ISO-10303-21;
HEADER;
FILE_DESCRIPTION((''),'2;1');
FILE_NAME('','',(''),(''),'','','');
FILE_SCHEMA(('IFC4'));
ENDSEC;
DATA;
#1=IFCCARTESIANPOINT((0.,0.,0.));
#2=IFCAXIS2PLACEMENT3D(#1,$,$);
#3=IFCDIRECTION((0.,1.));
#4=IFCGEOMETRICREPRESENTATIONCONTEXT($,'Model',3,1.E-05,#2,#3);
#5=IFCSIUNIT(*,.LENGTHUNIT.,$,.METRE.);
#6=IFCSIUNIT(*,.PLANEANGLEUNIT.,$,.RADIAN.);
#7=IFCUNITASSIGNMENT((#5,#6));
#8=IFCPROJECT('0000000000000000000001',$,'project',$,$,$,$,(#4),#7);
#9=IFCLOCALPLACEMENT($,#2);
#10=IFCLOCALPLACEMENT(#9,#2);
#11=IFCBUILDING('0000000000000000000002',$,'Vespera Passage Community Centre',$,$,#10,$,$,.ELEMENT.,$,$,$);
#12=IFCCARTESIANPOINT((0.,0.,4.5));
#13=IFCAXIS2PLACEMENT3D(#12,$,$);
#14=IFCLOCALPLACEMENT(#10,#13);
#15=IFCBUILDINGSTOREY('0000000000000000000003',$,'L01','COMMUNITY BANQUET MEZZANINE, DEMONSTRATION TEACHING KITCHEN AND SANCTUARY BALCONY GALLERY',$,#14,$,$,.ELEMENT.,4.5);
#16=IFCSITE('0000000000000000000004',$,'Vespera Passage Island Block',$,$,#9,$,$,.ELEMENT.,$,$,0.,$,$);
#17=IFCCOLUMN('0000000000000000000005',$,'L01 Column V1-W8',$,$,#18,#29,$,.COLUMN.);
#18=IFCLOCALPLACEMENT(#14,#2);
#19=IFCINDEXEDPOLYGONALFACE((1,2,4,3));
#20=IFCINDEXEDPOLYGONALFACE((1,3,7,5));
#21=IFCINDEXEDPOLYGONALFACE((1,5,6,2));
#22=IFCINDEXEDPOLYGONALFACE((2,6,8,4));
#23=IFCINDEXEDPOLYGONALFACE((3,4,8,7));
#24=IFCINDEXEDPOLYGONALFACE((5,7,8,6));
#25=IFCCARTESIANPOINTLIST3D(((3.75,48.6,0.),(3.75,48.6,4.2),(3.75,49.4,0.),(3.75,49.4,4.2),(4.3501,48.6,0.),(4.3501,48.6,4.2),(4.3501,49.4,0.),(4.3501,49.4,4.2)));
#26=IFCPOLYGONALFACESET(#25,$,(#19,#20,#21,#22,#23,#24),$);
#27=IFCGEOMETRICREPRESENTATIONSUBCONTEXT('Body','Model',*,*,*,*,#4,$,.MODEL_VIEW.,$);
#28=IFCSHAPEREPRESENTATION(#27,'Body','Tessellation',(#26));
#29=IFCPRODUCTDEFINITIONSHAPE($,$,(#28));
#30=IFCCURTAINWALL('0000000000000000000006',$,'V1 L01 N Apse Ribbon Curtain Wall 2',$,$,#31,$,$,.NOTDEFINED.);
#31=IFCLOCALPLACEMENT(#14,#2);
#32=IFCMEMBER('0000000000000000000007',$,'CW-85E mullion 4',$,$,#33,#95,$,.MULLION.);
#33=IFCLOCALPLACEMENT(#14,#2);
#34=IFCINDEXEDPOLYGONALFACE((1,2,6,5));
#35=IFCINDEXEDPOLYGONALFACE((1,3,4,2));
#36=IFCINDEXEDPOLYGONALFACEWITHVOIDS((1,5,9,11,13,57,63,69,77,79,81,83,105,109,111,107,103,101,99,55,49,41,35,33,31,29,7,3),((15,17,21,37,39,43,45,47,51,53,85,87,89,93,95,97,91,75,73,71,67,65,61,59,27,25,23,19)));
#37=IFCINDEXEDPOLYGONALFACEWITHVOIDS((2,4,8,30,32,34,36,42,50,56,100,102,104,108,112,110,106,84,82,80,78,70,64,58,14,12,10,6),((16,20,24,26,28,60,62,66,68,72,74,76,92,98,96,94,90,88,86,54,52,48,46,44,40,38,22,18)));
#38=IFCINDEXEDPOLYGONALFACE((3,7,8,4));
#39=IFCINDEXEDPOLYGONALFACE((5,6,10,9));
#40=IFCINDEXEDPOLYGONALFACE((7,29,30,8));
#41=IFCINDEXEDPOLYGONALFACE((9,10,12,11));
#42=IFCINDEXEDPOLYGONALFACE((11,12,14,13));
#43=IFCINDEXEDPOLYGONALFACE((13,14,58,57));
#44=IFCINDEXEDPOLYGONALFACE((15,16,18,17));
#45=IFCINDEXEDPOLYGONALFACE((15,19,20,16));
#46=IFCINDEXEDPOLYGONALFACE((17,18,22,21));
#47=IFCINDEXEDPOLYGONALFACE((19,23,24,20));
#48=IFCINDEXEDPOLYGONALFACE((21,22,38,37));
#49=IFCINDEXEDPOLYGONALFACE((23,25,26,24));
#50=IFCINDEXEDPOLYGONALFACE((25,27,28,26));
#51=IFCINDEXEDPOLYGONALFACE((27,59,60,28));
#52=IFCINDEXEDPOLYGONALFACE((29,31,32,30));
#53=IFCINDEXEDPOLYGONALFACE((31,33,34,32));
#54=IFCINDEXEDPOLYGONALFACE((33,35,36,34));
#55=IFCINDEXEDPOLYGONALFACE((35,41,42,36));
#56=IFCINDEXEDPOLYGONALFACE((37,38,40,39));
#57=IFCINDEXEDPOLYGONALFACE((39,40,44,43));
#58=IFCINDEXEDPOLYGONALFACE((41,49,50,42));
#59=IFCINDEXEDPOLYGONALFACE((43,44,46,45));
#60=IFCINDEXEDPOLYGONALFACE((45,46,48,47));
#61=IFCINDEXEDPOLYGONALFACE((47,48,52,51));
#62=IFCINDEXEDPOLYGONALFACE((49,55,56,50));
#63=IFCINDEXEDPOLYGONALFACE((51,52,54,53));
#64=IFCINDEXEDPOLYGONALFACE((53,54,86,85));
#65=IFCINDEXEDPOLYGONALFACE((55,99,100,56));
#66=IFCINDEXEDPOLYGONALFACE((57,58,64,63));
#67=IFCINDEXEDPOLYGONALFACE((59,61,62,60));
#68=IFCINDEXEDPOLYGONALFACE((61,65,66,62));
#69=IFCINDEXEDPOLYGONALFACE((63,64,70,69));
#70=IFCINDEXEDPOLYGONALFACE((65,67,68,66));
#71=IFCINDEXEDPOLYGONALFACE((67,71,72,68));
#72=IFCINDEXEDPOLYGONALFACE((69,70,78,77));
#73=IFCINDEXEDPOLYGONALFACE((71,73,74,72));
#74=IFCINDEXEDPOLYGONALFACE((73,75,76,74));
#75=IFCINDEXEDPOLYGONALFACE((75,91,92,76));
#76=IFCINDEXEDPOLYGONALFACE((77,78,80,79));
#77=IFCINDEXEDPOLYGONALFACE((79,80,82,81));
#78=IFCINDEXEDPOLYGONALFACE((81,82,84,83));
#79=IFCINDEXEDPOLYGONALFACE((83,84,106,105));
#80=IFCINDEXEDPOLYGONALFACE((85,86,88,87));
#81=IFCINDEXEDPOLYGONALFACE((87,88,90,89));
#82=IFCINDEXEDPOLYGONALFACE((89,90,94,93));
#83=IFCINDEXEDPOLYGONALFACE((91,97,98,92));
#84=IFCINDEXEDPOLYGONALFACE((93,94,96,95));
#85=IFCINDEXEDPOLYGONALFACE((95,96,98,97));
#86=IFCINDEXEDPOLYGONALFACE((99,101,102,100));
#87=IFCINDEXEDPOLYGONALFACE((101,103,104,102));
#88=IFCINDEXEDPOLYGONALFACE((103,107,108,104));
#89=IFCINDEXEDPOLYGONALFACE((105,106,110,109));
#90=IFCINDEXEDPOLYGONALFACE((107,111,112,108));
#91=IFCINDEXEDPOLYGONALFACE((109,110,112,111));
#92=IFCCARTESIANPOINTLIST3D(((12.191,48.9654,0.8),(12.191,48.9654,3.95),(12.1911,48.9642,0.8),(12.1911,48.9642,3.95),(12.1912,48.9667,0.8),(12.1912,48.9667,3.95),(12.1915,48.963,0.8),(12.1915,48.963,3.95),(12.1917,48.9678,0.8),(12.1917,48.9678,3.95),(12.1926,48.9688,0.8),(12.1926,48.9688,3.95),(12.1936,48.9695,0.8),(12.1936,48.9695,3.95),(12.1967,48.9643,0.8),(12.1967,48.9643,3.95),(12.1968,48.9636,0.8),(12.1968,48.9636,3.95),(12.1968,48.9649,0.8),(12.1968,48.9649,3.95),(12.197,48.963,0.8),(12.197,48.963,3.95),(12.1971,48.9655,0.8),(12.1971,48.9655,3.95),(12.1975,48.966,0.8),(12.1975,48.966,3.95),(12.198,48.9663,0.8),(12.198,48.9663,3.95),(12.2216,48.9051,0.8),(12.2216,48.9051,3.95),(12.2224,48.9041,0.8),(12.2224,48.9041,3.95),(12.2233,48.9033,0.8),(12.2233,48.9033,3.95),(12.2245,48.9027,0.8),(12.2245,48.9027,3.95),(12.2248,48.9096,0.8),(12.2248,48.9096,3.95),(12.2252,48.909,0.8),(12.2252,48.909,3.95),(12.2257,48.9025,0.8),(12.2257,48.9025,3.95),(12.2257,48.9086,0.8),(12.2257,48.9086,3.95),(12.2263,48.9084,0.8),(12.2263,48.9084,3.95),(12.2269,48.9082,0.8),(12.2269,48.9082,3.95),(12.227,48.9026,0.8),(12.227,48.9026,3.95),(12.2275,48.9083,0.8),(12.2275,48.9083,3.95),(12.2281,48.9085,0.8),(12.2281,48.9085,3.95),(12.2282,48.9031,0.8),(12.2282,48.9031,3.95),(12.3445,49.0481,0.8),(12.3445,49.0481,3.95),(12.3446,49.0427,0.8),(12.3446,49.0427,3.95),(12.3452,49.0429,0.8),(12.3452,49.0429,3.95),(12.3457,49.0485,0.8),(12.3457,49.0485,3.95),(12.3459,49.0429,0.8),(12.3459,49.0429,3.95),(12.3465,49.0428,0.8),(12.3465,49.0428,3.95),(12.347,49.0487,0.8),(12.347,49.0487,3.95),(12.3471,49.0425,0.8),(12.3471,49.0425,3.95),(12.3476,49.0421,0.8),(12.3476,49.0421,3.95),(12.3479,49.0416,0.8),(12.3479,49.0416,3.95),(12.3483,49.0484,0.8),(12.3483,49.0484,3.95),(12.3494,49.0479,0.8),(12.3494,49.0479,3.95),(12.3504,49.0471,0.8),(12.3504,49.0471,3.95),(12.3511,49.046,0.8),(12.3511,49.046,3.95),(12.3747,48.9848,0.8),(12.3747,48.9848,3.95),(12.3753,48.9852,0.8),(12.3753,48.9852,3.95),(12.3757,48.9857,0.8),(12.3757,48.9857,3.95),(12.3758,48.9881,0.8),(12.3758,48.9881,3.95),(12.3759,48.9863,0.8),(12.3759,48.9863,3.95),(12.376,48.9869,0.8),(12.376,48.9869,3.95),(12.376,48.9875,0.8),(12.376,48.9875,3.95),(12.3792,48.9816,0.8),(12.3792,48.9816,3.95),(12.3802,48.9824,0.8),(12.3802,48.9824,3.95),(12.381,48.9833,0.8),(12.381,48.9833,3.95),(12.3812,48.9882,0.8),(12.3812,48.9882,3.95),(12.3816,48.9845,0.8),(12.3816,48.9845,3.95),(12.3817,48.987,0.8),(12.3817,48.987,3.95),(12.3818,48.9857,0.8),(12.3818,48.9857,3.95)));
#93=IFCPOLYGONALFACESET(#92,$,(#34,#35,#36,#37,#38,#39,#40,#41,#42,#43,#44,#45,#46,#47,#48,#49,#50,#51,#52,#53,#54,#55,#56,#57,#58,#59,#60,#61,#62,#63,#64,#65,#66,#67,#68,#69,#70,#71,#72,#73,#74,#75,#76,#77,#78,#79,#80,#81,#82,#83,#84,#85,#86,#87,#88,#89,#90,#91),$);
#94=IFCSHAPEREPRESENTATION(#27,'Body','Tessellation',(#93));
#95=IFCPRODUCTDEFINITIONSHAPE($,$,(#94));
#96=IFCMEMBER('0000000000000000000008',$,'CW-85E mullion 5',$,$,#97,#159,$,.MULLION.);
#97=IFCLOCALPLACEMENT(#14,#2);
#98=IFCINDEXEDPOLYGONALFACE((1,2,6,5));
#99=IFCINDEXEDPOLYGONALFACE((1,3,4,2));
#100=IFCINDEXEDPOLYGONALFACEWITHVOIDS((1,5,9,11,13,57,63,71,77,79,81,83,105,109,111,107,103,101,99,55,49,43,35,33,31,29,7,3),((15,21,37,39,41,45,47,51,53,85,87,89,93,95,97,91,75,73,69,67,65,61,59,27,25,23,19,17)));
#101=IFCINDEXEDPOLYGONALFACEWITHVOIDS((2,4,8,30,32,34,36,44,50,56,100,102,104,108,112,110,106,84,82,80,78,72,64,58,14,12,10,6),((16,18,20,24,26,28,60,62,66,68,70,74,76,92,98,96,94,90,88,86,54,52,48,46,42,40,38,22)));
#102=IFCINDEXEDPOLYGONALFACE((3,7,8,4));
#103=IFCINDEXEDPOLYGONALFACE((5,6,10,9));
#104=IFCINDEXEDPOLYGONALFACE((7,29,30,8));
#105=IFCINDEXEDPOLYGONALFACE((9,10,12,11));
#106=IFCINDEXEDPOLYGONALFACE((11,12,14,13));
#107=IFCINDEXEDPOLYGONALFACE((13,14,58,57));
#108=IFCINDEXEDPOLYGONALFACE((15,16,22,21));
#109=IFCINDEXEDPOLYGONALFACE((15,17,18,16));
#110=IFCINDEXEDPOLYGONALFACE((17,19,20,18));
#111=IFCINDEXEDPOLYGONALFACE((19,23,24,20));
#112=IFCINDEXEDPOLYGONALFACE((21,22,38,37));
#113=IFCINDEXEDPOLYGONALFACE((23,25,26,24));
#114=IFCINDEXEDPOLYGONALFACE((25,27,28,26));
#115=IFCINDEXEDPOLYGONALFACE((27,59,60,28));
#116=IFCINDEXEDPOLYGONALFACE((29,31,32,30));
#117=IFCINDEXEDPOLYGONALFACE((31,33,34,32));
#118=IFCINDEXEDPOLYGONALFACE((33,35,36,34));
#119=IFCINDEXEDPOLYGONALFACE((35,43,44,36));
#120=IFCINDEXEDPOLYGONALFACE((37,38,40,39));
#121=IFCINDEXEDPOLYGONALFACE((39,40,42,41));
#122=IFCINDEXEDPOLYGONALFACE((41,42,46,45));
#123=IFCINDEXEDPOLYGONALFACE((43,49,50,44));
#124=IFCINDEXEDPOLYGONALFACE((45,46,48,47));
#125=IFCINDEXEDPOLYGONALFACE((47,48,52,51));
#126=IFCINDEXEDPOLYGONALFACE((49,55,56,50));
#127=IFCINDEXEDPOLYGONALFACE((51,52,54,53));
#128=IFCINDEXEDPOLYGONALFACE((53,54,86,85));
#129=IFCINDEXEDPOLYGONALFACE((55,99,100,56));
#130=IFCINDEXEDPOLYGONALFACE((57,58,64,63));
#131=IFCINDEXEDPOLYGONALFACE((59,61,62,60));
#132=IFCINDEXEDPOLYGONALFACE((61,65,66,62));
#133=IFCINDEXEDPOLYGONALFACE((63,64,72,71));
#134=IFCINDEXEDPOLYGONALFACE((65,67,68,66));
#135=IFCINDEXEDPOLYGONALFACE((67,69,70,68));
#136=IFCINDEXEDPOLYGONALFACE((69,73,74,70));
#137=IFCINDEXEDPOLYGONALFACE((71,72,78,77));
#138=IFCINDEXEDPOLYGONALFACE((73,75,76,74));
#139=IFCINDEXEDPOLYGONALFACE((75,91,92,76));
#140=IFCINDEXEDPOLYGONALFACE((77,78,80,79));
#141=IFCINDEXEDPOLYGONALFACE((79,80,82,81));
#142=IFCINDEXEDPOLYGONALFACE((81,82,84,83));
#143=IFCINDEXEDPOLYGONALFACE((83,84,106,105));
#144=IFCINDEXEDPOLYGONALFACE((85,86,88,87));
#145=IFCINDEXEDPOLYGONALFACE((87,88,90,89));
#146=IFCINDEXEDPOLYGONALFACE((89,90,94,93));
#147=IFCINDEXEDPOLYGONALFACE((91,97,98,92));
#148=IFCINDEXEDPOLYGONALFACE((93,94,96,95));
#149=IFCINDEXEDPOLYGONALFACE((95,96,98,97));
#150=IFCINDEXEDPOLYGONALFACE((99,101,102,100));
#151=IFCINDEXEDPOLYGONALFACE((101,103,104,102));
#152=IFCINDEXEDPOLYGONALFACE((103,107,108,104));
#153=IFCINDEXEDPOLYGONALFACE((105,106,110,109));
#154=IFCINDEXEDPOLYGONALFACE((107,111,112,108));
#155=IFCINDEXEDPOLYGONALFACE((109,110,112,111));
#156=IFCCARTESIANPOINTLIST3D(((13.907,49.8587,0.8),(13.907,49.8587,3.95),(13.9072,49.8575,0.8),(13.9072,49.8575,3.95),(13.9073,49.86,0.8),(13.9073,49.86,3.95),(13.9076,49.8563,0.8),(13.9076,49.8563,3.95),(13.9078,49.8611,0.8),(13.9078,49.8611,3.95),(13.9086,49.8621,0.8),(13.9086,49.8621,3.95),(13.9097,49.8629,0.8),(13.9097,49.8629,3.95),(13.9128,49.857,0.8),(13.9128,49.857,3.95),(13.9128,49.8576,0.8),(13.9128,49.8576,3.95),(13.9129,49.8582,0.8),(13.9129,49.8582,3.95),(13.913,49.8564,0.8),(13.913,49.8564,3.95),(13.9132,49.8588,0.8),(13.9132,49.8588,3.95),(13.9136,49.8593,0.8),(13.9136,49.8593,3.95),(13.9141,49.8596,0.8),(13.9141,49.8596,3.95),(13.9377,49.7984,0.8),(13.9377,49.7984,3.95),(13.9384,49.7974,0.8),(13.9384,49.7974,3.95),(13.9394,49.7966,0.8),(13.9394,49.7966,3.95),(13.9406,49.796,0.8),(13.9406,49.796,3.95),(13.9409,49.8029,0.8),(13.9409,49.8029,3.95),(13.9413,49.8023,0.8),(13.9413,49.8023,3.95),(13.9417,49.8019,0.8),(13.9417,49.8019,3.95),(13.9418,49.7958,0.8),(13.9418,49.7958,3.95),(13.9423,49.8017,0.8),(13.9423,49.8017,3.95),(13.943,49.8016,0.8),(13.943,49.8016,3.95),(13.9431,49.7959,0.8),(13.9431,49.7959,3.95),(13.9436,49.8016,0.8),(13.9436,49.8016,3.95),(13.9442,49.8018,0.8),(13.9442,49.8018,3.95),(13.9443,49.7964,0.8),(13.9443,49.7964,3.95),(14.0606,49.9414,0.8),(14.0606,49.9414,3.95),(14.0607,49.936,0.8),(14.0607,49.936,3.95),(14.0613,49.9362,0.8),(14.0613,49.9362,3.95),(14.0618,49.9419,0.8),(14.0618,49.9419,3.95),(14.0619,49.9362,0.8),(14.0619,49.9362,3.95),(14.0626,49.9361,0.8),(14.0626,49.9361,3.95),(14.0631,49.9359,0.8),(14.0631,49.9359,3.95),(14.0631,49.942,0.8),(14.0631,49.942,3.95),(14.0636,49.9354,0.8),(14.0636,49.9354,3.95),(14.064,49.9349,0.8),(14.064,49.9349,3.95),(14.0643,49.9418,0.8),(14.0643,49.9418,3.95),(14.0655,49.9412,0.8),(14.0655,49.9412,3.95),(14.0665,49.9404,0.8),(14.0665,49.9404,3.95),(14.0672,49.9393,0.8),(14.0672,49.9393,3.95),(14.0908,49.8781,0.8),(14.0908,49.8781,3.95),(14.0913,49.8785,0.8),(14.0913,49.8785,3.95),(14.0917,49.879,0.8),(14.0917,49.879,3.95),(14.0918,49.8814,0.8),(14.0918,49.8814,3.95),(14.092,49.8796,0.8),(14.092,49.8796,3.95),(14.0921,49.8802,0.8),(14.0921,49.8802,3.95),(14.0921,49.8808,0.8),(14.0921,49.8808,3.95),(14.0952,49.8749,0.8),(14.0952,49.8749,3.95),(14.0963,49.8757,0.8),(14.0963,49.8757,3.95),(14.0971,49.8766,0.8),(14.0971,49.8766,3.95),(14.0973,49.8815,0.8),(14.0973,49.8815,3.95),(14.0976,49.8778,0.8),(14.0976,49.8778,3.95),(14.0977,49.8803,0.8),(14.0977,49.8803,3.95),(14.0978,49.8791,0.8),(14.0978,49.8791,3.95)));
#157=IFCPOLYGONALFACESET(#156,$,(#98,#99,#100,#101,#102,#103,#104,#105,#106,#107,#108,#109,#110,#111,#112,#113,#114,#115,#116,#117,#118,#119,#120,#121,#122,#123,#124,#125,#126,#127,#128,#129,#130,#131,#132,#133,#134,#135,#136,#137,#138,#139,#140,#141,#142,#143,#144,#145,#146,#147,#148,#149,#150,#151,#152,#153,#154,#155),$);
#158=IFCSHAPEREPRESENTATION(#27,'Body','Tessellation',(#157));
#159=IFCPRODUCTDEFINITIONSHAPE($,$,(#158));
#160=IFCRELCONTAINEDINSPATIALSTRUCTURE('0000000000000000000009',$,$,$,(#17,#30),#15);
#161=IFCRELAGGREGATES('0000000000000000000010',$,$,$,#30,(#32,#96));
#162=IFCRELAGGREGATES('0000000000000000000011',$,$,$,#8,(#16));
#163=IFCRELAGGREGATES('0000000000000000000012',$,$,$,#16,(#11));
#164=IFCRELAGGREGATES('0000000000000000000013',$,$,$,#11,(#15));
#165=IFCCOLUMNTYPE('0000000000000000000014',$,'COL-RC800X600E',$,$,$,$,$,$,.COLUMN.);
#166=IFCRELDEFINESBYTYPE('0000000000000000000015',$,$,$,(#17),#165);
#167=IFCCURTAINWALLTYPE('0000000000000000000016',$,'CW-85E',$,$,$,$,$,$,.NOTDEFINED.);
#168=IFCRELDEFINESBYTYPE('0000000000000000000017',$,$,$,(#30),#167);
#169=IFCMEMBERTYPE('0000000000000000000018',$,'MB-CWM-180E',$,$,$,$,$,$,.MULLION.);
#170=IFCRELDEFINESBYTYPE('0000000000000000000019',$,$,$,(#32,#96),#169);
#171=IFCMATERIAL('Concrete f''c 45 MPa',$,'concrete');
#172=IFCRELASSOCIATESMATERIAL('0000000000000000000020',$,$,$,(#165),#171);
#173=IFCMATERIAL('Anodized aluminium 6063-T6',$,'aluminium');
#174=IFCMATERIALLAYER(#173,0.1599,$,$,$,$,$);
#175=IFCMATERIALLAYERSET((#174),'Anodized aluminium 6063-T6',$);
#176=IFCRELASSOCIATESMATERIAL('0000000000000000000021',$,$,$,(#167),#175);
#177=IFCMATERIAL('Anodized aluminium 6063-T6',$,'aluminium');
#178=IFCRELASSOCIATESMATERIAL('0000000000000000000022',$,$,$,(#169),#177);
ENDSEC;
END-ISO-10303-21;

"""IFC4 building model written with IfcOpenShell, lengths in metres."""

from ifc_helpers import new_model, si_unit, direction, frame, origin, origin_2d, place, context, subcontext, project, spatial, rectangle, hollow_rectangle, extrude, material, layer, layer_set, material_profile, profile_set, type_object, element, aggregate, save


model = new_model("IFC4")

# Units and contexts
model_context = context("Model", 3, precision=1e-05, world=origin(), true_north=direction((0.0, 1.0)))
body_context = subcontext(model_context, "Body", "Model", "MODEL_VIEW")
ifc_project = project(units=[si_unit("LENGTHUNIT", "METRE"), si_unit("PLANEANGLEUNIT", "RADIAN")], contexts=[model_context])

# Site, building, storey
site_placement = place(None, origin())
site = spatial("IfcSite", under=ifc_project, at=site_placement, Name="Vespera Passage Island Block", CompositionType="ELEMENT", RefElevation=0.0)
building_placement = place(site_placement, origin())
building = spatial("IfcBuilding", under=site, at=building_placement, Name="Vespera Passage Community Centre", CompositionType="ELEMENT")
storey_placement = place(building_placement, frame((0.0, 0.0, 4.5)))
storey = spatial("IfcBuildingStorey", under=building, at=storey_placement, Name="L01", Description="COMMUNITY BANQUET MEZZANINE, DEMONSTRATION TEACHING KITCHEN AND SANCTUARY BALCONY GALLERY", CompositionType="ELEMENT", Elevation=4.5)

# Column
ifc_material_1 = material(Name="Concrete f'c 45 MPa", Category="concrete")
ifc_material_profile_1 = material_profile(ifc_material_1, rectangle(XDim=0.6001, YDim=0.8, at=origin_2d()), Name="RC800X600")
ifc_profile_set_1 = profile_set([ifc_material_profile_1], Name="Concrete f'c 45 MPa")
column_type = type_object("IfcColumnType", Name="COL-RC800X600E", PredefinedType="COLUMN", material=ifc_profile_set_1)
column_placement = place(storey_placement, frame((4.05, 49.0, 0.0), z_axis=(0.0, 0.0, 1.0), x_axis=(1.0, 0.0, 0.0)))
element("IfcColumn", 1, at=column_placement, inside=storey, type_object=column_type, Name="L01 Column V1-W8", PredefinedType="COLUMN", context=body_context, shape_type="SweptSolid", body=[
    extrude(rectangle(XDim=0.6001, YDim=0.8, at=origin_2d()), origin(), (0.0, 0.0, 1.0), 4.2),
])

# Curtain wall, members
ifc_material_2 = material(Name="Anodized aluminium 6063-T6", Category="aluminium")
ifc_layer_1 = layer(ifc_material_2, 0.1599)
ifc_layer_set_1 = layer_set([ifc_layer_1], Name="Anodized aluminium 6063-T6")
curtain_wall_type = type_object("IfcCurtainWallType", Name="CW-85E", PredefinedType="NOTDEFINED", material=ifc_layer_set_1)
curtain_wall_placement = place(storey_placement, origin())
curtain_wall = element("IfcCurtainWall", 2, at=curtain_wall_placement, inside=storey, type_object=curtain_wall_type, Name="V1 L01 N Apse Ribbon Curtain Wall 2", PredefinedType="NOTDEFINED")
ifc_material_3 = material(Name="Anodized aluminium 6063-T6", Category="aluminium")
ifc_material_profile_2 = material_profile(ifc_material_3, hollow_rectangle(XDim=0.075, YDim=0.1799, WallThickness=0.0049, InnerFilletRadius=0.0024, OuterFilletRadius=0.0049, at=origin_2d()), Name="ALU180X75X5")
ifc_profile_set_2 = profile_set([ifc_material_profile_2], Name="Anodized aluminium 6063-T6")
member_type_1 = type_object("IfcMemberType", Name="MB-CWM-180E", PredefinedType="MULLION", material=ifc_profile_set_2)
member_1_placement = place(storey_placement, frame((12.2864, 48.9756, 0.8), z_axis=(0.0, 0.0, 1.0), x_axis=(-0.461745, 0.887013, 0.0)))
member_1 = element("IfcMember", 3, at=member_1_placement, type_object=member_type_1, Name="CW-85E mullion 4", PredefinedType="MULLION", context=body_context, shape_type="SweptSolid", body=[
    extrude(hollow_rectangle(XDim=0.075, YDim=0.1799, WallThickness=0.0049, InnerFilletRadius=0.0024, OuterFilletRadius=0.0049, at=origin_2d()), origin(), (0.0, 0.0, 1.0), 3.1499),
])
member_2_placement = place(storey_placement, frame((14.0024, 49.8689, 0.8), z_axis=(0.0, 0.0, 1.0), x_axis=(-0.461745, 0.887013, 0.0)))
member_2 = element("IfcMember", 4, at=member_2_placement, type_object=member_type_1, Name="CW-85E mullion 5", PredefinedType="MULLION", context=body_context, shape_type="SweptSolid", body=[
    extrude(hollow_rectangle(XDim=0.075, YDim=0.1799, WallThickness=0.0049, InnerFilletRadius=0.0024, OuterFilletRadius=0.0049, at=origin_2d()), origin(), (0.0, 0.0, 1.0), 3.1499),
])
aggregate(curtain_wall, [member_1, member_2])

save(model, "model.ifc")
